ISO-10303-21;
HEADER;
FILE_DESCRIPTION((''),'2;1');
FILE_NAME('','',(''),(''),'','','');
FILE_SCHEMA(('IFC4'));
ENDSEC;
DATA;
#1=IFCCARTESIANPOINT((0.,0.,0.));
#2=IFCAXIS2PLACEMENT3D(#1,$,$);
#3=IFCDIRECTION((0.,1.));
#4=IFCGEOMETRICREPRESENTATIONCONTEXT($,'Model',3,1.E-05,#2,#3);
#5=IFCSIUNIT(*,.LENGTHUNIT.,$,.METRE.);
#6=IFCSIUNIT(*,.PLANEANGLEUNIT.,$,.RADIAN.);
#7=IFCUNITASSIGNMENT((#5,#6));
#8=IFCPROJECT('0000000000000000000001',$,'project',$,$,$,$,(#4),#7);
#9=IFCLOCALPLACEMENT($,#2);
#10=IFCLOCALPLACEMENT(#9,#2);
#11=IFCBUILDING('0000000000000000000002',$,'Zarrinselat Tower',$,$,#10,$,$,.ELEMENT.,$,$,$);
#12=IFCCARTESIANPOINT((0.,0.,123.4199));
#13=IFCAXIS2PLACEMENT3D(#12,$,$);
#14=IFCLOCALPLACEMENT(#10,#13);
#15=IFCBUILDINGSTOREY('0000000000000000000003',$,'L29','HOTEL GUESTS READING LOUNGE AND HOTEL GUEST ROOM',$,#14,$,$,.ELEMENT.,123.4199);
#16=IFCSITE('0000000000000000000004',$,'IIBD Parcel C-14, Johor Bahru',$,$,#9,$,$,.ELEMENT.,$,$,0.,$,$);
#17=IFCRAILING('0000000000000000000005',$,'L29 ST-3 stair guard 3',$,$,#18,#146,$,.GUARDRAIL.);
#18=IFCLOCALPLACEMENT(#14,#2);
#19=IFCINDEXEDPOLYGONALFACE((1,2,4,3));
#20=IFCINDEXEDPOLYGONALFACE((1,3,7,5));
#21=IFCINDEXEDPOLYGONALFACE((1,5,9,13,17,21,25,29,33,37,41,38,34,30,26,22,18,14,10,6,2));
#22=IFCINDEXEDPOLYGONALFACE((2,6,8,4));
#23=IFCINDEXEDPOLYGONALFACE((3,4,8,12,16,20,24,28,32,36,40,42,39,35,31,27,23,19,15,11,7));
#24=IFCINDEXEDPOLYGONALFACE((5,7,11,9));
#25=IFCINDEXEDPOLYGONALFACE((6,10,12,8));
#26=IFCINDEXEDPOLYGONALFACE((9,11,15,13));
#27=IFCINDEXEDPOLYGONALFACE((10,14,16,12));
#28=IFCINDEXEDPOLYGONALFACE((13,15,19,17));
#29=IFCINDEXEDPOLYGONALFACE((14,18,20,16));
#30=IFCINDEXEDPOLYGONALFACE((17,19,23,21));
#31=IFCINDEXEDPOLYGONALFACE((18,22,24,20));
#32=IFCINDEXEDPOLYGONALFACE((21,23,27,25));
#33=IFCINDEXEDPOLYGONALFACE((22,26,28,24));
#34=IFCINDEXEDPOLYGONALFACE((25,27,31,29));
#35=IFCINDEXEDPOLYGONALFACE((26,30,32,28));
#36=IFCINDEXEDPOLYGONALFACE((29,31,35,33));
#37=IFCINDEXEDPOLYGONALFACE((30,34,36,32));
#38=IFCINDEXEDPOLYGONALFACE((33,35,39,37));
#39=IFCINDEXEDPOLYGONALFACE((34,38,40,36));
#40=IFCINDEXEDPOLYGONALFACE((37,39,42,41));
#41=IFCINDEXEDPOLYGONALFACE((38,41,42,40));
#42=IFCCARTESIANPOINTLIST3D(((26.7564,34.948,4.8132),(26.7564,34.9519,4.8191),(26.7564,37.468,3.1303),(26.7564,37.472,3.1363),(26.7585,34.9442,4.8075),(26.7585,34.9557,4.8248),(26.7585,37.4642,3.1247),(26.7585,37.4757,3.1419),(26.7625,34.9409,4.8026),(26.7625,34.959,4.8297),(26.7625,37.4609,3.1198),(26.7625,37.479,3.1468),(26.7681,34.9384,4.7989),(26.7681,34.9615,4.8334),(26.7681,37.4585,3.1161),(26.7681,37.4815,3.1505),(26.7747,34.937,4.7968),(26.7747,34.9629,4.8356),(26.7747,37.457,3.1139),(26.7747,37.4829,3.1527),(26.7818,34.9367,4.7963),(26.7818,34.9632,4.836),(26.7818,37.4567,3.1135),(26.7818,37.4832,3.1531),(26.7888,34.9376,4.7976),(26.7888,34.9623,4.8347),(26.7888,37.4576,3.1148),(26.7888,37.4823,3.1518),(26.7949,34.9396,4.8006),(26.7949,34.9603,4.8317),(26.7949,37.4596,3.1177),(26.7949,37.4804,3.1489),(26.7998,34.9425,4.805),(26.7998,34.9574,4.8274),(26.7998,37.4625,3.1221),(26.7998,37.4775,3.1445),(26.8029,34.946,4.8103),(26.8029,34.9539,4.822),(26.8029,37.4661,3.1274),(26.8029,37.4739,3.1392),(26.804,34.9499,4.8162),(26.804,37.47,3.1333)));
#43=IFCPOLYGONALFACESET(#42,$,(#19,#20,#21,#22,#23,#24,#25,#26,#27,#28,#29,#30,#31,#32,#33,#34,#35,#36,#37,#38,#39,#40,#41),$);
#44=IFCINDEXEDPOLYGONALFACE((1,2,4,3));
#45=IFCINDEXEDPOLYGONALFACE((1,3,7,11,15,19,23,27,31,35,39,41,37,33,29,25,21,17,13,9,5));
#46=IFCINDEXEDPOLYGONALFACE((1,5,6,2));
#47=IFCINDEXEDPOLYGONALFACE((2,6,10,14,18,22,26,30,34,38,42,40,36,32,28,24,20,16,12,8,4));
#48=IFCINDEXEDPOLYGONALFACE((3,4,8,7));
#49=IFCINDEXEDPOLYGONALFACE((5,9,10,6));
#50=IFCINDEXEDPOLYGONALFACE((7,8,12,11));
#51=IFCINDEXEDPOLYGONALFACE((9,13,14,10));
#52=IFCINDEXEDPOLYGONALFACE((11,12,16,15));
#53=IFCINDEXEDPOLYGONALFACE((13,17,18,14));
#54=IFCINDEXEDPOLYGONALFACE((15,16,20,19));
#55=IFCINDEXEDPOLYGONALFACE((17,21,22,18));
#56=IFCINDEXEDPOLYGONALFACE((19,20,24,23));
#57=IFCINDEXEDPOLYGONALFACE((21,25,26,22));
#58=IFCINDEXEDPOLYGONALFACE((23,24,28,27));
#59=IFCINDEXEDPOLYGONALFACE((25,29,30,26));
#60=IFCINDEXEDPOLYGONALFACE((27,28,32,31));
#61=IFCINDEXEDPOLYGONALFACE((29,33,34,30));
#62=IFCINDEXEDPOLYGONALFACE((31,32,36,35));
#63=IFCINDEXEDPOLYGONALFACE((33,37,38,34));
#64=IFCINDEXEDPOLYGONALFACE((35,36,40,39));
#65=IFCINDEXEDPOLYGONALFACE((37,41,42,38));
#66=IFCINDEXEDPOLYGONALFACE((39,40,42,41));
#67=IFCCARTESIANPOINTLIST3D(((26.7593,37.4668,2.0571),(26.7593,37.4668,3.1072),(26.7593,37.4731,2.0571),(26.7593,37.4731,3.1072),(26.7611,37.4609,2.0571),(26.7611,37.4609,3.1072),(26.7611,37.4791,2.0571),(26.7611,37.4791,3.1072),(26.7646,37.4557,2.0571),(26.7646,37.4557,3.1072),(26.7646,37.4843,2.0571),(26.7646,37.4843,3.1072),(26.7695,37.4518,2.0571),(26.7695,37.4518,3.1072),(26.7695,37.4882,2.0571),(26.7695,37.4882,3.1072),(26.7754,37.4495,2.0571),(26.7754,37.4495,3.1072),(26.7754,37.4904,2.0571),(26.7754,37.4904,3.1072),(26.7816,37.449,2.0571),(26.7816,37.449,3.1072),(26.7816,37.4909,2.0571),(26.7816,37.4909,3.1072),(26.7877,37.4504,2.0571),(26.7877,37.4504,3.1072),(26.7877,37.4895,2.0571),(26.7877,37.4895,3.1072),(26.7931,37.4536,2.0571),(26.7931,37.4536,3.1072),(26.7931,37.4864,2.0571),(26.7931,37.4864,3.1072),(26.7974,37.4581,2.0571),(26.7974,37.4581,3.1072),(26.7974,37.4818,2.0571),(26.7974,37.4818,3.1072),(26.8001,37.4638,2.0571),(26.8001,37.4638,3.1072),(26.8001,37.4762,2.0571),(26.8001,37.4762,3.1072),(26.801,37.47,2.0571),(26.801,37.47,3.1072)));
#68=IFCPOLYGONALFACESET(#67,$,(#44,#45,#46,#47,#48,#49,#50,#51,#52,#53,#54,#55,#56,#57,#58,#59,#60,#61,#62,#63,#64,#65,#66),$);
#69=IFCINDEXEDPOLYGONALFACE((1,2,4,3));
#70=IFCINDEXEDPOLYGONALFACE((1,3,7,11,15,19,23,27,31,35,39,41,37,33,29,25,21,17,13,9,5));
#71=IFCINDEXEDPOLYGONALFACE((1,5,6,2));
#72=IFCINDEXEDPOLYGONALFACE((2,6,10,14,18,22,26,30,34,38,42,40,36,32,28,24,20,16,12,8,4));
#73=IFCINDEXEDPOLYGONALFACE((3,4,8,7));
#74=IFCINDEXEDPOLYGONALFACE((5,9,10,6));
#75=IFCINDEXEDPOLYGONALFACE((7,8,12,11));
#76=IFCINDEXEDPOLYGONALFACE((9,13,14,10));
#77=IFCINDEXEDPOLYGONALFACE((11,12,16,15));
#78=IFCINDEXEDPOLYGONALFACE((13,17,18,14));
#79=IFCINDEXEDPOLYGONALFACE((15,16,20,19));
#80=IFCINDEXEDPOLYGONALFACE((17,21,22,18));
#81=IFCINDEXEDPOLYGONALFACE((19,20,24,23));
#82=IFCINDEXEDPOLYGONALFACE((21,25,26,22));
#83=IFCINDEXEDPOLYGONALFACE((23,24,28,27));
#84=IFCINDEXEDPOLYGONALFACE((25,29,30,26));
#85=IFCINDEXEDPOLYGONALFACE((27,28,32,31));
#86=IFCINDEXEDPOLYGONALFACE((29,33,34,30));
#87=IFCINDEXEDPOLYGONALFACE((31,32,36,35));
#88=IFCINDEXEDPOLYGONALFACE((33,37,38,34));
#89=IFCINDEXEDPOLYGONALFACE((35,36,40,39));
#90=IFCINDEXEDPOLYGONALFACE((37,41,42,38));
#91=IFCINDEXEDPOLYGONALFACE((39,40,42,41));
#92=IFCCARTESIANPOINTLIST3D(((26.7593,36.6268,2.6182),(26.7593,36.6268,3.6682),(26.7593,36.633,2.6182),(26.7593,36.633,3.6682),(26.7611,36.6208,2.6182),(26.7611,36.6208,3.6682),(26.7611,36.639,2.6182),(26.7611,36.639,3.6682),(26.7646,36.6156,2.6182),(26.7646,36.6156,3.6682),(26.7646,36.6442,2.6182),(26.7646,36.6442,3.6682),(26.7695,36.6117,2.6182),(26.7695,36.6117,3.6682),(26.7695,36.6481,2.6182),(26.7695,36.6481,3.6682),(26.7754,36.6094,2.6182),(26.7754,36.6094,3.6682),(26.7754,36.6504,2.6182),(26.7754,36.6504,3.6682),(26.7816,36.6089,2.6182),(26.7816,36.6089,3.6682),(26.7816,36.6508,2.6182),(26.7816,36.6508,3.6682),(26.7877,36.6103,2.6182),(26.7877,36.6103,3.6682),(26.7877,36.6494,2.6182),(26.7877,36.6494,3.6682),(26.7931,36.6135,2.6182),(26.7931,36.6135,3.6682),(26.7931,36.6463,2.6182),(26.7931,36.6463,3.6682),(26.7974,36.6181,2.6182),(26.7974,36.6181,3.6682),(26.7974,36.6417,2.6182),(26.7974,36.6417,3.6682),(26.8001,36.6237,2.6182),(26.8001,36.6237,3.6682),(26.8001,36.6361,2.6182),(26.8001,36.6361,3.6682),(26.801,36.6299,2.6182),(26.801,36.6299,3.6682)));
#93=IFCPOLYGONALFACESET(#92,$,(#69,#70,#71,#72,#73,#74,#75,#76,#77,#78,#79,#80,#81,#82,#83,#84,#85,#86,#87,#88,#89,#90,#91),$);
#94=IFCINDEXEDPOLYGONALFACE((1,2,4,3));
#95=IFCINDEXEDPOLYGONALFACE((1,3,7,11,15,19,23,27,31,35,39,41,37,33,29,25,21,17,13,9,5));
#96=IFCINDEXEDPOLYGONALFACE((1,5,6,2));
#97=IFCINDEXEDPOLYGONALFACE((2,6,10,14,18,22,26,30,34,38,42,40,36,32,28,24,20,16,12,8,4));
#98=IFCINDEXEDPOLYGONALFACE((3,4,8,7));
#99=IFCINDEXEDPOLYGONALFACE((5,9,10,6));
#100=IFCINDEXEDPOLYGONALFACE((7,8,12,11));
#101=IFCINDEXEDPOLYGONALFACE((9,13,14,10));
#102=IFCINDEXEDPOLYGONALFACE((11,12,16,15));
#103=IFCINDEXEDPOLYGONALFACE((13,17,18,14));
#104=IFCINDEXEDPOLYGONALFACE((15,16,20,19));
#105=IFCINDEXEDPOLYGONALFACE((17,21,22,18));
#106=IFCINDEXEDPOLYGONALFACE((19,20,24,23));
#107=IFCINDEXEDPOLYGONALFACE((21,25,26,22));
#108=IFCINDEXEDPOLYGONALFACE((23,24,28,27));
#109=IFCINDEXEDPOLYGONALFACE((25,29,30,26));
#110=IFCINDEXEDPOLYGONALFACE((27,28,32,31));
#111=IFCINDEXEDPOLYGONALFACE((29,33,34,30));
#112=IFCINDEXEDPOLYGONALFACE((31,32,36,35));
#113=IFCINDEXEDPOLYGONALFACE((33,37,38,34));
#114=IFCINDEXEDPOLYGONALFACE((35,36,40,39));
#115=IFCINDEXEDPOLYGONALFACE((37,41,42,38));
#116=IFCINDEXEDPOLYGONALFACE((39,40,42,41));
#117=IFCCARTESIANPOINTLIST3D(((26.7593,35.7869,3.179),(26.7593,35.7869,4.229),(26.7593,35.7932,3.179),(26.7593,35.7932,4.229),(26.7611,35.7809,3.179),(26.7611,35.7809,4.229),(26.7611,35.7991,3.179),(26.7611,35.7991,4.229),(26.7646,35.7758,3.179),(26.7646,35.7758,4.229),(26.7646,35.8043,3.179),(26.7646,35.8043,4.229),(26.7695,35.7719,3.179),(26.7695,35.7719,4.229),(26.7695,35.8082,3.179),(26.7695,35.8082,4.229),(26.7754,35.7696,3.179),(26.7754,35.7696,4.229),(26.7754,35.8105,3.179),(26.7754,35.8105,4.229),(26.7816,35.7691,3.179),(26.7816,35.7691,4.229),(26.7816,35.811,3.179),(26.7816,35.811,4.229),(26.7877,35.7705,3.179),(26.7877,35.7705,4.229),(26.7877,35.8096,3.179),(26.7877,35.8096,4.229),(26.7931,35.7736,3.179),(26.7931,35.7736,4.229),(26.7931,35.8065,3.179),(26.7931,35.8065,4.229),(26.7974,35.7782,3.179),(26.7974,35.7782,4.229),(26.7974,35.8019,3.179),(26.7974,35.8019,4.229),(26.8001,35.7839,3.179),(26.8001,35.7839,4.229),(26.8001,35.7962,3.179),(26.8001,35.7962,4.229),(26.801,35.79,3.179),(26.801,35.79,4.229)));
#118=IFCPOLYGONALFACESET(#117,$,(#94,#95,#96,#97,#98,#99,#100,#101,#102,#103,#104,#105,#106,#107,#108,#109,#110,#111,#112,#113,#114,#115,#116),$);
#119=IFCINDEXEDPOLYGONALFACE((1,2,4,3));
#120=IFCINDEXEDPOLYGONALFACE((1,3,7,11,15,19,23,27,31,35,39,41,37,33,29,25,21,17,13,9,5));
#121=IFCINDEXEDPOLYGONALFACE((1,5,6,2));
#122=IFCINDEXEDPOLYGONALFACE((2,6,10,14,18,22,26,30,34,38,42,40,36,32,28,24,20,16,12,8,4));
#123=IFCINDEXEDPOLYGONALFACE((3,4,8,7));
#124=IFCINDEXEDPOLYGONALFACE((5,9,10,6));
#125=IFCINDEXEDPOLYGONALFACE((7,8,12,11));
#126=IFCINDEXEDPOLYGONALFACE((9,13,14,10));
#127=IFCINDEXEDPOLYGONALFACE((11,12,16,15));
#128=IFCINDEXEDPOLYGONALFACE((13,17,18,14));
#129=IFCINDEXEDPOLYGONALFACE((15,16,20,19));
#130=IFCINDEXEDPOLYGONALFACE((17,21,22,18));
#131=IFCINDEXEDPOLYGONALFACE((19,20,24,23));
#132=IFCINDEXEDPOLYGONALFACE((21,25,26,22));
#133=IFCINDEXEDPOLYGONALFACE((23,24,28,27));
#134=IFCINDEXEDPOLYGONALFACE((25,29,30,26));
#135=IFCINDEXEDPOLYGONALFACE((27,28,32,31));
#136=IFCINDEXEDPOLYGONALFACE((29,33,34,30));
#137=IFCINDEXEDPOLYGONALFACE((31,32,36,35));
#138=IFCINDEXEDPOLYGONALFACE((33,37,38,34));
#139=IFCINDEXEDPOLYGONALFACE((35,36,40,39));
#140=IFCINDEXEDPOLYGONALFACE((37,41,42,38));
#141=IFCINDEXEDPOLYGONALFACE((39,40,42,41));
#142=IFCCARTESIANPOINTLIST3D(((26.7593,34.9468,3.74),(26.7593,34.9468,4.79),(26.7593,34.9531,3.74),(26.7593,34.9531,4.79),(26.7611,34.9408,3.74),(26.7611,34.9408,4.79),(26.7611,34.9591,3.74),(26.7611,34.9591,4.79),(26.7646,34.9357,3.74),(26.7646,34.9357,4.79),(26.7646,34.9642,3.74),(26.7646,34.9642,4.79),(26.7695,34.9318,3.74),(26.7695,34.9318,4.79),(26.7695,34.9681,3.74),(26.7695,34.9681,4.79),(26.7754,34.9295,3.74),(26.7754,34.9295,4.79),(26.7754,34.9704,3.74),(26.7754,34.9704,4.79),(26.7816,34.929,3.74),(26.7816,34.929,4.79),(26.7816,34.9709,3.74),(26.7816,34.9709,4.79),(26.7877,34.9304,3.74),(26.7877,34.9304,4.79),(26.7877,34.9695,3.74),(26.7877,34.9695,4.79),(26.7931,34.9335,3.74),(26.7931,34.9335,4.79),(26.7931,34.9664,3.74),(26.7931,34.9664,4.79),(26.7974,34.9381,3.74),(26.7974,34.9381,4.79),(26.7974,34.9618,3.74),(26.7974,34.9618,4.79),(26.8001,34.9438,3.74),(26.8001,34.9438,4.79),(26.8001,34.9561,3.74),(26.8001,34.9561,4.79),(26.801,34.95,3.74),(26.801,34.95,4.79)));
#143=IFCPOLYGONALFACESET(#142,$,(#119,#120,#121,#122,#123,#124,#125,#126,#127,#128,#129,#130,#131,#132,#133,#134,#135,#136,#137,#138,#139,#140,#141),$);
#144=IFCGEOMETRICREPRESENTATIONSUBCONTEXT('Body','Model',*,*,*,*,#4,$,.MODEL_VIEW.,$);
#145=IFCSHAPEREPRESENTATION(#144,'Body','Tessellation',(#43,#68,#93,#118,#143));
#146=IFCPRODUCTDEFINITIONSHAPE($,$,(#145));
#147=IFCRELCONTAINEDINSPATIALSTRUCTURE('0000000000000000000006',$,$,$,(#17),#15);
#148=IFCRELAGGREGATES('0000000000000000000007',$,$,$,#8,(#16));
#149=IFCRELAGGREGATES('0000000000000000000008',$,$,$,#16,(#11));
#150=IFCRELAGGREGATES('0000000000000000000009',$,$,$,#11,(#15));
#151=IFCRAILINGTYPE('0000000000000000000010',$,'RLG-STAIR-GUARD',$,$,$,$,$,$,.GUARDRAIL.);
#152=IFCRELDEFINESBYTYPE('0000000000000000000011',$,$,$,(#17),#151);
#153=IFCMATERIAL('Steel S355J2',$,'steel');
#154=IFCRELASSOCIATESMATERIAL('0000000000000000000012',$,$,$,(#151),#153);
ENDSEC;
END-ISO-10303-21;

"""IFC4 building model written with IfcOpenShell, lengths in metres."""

from ifc_helpers import new_model, si_unit, direction, frame, origin, origin_2d, place, context, subcontext, project, spatial, circle, extrude, material, type_object, element, save


model = new_model("IFC4")

# Units and contexts
model_context = context("Model", 3, precision=1e-05, world=origin(), true_north=direction((0.0, 1.0)))
body_context = subcontext(model_context, "Body", "Model", "MODEL_VIEW")
ifc_project = project(units=[si_unit("LENGTHUNIT", "METRE"), si_unit("PLANEANGLEUNIT", "RADIAN")], contexts=[model_context])

# Site, building, storey
site_placement = place(None, origin())
site = spatial("IfcSite", under=ifc_project, at=site_placement, Name="IIBD Parcel C-14, Johor Bahru", CompositionType="ELEMENT", RefElevation=0.0)
building_placement = place(site_placement, origin())
building = spatial("IfcBuilding", under=site, at=building_placement, Name="Zarrinselat Tower", CompositionType="ELEMENT")
storey_placement = place(building_placement, frame((0.0, 0.0, 123.4199)))
storey = spatial("IfcBuildingStorey", under=building, at=storey_placement, Name="L29", Description="HOTEL GUESTS READING LOUNGE AND HOTEL GUEST ROOM", CompositionType="ELEMENT", Elevation=123.4199)

# Railing
ifc_material_1 = material(Name="Steel S355J2", Category="steel")
railing_type_1 = type_object("IfcRailingType", Name="RLG-STAIR-GUARD", PredefinedType="GUARDRAIL", material=ifc_material_1)
railing_1_placement = place(storey_placement, frame((26.78, 37.47, 2.0571)))
element("IfcRailing", 1, at=railing_1_placement, inside=storey, type_object=railing_type_1, Name="L29 ST-3 stair guard 3", PredefinedType="GUARDRAIL", context=body_context, shape_type="SweptSolid", body=[
    extrude(circle(Radius=0.0239, at=origin_2d()), frame((0.0, 0.0, 1.0762), z_axis=(0.0, -0.831616, 0.555351), x_axis=(1.0, 0.0, 0.0)), (0.0, 0.0, 1.0), 3.0303),
    extrude(circle(Radius=0.021, at=origin_2d()), origin(), (0.0, 0.0, 1.0), 1.05),
    extrude(circle(Radius=0.021, at=origin_2d()), frame((0.0, -0.8401, 0.561)), (0.0, 0.0, 1.0), 1.05),
    extrude(circle(Radius=0.021, at=origin_2d()), frame((0.0, -1.6799, 1.1218)), (0.0, 0.0, 1.0), 1.05),
    extrude(circle(Radius=0.021, at=origin_2d()), frame((0.0, -2.52, 1.6829)), (0.0, 0.0, 1.0), 1.05),
])

save(model, "model.ifc")
